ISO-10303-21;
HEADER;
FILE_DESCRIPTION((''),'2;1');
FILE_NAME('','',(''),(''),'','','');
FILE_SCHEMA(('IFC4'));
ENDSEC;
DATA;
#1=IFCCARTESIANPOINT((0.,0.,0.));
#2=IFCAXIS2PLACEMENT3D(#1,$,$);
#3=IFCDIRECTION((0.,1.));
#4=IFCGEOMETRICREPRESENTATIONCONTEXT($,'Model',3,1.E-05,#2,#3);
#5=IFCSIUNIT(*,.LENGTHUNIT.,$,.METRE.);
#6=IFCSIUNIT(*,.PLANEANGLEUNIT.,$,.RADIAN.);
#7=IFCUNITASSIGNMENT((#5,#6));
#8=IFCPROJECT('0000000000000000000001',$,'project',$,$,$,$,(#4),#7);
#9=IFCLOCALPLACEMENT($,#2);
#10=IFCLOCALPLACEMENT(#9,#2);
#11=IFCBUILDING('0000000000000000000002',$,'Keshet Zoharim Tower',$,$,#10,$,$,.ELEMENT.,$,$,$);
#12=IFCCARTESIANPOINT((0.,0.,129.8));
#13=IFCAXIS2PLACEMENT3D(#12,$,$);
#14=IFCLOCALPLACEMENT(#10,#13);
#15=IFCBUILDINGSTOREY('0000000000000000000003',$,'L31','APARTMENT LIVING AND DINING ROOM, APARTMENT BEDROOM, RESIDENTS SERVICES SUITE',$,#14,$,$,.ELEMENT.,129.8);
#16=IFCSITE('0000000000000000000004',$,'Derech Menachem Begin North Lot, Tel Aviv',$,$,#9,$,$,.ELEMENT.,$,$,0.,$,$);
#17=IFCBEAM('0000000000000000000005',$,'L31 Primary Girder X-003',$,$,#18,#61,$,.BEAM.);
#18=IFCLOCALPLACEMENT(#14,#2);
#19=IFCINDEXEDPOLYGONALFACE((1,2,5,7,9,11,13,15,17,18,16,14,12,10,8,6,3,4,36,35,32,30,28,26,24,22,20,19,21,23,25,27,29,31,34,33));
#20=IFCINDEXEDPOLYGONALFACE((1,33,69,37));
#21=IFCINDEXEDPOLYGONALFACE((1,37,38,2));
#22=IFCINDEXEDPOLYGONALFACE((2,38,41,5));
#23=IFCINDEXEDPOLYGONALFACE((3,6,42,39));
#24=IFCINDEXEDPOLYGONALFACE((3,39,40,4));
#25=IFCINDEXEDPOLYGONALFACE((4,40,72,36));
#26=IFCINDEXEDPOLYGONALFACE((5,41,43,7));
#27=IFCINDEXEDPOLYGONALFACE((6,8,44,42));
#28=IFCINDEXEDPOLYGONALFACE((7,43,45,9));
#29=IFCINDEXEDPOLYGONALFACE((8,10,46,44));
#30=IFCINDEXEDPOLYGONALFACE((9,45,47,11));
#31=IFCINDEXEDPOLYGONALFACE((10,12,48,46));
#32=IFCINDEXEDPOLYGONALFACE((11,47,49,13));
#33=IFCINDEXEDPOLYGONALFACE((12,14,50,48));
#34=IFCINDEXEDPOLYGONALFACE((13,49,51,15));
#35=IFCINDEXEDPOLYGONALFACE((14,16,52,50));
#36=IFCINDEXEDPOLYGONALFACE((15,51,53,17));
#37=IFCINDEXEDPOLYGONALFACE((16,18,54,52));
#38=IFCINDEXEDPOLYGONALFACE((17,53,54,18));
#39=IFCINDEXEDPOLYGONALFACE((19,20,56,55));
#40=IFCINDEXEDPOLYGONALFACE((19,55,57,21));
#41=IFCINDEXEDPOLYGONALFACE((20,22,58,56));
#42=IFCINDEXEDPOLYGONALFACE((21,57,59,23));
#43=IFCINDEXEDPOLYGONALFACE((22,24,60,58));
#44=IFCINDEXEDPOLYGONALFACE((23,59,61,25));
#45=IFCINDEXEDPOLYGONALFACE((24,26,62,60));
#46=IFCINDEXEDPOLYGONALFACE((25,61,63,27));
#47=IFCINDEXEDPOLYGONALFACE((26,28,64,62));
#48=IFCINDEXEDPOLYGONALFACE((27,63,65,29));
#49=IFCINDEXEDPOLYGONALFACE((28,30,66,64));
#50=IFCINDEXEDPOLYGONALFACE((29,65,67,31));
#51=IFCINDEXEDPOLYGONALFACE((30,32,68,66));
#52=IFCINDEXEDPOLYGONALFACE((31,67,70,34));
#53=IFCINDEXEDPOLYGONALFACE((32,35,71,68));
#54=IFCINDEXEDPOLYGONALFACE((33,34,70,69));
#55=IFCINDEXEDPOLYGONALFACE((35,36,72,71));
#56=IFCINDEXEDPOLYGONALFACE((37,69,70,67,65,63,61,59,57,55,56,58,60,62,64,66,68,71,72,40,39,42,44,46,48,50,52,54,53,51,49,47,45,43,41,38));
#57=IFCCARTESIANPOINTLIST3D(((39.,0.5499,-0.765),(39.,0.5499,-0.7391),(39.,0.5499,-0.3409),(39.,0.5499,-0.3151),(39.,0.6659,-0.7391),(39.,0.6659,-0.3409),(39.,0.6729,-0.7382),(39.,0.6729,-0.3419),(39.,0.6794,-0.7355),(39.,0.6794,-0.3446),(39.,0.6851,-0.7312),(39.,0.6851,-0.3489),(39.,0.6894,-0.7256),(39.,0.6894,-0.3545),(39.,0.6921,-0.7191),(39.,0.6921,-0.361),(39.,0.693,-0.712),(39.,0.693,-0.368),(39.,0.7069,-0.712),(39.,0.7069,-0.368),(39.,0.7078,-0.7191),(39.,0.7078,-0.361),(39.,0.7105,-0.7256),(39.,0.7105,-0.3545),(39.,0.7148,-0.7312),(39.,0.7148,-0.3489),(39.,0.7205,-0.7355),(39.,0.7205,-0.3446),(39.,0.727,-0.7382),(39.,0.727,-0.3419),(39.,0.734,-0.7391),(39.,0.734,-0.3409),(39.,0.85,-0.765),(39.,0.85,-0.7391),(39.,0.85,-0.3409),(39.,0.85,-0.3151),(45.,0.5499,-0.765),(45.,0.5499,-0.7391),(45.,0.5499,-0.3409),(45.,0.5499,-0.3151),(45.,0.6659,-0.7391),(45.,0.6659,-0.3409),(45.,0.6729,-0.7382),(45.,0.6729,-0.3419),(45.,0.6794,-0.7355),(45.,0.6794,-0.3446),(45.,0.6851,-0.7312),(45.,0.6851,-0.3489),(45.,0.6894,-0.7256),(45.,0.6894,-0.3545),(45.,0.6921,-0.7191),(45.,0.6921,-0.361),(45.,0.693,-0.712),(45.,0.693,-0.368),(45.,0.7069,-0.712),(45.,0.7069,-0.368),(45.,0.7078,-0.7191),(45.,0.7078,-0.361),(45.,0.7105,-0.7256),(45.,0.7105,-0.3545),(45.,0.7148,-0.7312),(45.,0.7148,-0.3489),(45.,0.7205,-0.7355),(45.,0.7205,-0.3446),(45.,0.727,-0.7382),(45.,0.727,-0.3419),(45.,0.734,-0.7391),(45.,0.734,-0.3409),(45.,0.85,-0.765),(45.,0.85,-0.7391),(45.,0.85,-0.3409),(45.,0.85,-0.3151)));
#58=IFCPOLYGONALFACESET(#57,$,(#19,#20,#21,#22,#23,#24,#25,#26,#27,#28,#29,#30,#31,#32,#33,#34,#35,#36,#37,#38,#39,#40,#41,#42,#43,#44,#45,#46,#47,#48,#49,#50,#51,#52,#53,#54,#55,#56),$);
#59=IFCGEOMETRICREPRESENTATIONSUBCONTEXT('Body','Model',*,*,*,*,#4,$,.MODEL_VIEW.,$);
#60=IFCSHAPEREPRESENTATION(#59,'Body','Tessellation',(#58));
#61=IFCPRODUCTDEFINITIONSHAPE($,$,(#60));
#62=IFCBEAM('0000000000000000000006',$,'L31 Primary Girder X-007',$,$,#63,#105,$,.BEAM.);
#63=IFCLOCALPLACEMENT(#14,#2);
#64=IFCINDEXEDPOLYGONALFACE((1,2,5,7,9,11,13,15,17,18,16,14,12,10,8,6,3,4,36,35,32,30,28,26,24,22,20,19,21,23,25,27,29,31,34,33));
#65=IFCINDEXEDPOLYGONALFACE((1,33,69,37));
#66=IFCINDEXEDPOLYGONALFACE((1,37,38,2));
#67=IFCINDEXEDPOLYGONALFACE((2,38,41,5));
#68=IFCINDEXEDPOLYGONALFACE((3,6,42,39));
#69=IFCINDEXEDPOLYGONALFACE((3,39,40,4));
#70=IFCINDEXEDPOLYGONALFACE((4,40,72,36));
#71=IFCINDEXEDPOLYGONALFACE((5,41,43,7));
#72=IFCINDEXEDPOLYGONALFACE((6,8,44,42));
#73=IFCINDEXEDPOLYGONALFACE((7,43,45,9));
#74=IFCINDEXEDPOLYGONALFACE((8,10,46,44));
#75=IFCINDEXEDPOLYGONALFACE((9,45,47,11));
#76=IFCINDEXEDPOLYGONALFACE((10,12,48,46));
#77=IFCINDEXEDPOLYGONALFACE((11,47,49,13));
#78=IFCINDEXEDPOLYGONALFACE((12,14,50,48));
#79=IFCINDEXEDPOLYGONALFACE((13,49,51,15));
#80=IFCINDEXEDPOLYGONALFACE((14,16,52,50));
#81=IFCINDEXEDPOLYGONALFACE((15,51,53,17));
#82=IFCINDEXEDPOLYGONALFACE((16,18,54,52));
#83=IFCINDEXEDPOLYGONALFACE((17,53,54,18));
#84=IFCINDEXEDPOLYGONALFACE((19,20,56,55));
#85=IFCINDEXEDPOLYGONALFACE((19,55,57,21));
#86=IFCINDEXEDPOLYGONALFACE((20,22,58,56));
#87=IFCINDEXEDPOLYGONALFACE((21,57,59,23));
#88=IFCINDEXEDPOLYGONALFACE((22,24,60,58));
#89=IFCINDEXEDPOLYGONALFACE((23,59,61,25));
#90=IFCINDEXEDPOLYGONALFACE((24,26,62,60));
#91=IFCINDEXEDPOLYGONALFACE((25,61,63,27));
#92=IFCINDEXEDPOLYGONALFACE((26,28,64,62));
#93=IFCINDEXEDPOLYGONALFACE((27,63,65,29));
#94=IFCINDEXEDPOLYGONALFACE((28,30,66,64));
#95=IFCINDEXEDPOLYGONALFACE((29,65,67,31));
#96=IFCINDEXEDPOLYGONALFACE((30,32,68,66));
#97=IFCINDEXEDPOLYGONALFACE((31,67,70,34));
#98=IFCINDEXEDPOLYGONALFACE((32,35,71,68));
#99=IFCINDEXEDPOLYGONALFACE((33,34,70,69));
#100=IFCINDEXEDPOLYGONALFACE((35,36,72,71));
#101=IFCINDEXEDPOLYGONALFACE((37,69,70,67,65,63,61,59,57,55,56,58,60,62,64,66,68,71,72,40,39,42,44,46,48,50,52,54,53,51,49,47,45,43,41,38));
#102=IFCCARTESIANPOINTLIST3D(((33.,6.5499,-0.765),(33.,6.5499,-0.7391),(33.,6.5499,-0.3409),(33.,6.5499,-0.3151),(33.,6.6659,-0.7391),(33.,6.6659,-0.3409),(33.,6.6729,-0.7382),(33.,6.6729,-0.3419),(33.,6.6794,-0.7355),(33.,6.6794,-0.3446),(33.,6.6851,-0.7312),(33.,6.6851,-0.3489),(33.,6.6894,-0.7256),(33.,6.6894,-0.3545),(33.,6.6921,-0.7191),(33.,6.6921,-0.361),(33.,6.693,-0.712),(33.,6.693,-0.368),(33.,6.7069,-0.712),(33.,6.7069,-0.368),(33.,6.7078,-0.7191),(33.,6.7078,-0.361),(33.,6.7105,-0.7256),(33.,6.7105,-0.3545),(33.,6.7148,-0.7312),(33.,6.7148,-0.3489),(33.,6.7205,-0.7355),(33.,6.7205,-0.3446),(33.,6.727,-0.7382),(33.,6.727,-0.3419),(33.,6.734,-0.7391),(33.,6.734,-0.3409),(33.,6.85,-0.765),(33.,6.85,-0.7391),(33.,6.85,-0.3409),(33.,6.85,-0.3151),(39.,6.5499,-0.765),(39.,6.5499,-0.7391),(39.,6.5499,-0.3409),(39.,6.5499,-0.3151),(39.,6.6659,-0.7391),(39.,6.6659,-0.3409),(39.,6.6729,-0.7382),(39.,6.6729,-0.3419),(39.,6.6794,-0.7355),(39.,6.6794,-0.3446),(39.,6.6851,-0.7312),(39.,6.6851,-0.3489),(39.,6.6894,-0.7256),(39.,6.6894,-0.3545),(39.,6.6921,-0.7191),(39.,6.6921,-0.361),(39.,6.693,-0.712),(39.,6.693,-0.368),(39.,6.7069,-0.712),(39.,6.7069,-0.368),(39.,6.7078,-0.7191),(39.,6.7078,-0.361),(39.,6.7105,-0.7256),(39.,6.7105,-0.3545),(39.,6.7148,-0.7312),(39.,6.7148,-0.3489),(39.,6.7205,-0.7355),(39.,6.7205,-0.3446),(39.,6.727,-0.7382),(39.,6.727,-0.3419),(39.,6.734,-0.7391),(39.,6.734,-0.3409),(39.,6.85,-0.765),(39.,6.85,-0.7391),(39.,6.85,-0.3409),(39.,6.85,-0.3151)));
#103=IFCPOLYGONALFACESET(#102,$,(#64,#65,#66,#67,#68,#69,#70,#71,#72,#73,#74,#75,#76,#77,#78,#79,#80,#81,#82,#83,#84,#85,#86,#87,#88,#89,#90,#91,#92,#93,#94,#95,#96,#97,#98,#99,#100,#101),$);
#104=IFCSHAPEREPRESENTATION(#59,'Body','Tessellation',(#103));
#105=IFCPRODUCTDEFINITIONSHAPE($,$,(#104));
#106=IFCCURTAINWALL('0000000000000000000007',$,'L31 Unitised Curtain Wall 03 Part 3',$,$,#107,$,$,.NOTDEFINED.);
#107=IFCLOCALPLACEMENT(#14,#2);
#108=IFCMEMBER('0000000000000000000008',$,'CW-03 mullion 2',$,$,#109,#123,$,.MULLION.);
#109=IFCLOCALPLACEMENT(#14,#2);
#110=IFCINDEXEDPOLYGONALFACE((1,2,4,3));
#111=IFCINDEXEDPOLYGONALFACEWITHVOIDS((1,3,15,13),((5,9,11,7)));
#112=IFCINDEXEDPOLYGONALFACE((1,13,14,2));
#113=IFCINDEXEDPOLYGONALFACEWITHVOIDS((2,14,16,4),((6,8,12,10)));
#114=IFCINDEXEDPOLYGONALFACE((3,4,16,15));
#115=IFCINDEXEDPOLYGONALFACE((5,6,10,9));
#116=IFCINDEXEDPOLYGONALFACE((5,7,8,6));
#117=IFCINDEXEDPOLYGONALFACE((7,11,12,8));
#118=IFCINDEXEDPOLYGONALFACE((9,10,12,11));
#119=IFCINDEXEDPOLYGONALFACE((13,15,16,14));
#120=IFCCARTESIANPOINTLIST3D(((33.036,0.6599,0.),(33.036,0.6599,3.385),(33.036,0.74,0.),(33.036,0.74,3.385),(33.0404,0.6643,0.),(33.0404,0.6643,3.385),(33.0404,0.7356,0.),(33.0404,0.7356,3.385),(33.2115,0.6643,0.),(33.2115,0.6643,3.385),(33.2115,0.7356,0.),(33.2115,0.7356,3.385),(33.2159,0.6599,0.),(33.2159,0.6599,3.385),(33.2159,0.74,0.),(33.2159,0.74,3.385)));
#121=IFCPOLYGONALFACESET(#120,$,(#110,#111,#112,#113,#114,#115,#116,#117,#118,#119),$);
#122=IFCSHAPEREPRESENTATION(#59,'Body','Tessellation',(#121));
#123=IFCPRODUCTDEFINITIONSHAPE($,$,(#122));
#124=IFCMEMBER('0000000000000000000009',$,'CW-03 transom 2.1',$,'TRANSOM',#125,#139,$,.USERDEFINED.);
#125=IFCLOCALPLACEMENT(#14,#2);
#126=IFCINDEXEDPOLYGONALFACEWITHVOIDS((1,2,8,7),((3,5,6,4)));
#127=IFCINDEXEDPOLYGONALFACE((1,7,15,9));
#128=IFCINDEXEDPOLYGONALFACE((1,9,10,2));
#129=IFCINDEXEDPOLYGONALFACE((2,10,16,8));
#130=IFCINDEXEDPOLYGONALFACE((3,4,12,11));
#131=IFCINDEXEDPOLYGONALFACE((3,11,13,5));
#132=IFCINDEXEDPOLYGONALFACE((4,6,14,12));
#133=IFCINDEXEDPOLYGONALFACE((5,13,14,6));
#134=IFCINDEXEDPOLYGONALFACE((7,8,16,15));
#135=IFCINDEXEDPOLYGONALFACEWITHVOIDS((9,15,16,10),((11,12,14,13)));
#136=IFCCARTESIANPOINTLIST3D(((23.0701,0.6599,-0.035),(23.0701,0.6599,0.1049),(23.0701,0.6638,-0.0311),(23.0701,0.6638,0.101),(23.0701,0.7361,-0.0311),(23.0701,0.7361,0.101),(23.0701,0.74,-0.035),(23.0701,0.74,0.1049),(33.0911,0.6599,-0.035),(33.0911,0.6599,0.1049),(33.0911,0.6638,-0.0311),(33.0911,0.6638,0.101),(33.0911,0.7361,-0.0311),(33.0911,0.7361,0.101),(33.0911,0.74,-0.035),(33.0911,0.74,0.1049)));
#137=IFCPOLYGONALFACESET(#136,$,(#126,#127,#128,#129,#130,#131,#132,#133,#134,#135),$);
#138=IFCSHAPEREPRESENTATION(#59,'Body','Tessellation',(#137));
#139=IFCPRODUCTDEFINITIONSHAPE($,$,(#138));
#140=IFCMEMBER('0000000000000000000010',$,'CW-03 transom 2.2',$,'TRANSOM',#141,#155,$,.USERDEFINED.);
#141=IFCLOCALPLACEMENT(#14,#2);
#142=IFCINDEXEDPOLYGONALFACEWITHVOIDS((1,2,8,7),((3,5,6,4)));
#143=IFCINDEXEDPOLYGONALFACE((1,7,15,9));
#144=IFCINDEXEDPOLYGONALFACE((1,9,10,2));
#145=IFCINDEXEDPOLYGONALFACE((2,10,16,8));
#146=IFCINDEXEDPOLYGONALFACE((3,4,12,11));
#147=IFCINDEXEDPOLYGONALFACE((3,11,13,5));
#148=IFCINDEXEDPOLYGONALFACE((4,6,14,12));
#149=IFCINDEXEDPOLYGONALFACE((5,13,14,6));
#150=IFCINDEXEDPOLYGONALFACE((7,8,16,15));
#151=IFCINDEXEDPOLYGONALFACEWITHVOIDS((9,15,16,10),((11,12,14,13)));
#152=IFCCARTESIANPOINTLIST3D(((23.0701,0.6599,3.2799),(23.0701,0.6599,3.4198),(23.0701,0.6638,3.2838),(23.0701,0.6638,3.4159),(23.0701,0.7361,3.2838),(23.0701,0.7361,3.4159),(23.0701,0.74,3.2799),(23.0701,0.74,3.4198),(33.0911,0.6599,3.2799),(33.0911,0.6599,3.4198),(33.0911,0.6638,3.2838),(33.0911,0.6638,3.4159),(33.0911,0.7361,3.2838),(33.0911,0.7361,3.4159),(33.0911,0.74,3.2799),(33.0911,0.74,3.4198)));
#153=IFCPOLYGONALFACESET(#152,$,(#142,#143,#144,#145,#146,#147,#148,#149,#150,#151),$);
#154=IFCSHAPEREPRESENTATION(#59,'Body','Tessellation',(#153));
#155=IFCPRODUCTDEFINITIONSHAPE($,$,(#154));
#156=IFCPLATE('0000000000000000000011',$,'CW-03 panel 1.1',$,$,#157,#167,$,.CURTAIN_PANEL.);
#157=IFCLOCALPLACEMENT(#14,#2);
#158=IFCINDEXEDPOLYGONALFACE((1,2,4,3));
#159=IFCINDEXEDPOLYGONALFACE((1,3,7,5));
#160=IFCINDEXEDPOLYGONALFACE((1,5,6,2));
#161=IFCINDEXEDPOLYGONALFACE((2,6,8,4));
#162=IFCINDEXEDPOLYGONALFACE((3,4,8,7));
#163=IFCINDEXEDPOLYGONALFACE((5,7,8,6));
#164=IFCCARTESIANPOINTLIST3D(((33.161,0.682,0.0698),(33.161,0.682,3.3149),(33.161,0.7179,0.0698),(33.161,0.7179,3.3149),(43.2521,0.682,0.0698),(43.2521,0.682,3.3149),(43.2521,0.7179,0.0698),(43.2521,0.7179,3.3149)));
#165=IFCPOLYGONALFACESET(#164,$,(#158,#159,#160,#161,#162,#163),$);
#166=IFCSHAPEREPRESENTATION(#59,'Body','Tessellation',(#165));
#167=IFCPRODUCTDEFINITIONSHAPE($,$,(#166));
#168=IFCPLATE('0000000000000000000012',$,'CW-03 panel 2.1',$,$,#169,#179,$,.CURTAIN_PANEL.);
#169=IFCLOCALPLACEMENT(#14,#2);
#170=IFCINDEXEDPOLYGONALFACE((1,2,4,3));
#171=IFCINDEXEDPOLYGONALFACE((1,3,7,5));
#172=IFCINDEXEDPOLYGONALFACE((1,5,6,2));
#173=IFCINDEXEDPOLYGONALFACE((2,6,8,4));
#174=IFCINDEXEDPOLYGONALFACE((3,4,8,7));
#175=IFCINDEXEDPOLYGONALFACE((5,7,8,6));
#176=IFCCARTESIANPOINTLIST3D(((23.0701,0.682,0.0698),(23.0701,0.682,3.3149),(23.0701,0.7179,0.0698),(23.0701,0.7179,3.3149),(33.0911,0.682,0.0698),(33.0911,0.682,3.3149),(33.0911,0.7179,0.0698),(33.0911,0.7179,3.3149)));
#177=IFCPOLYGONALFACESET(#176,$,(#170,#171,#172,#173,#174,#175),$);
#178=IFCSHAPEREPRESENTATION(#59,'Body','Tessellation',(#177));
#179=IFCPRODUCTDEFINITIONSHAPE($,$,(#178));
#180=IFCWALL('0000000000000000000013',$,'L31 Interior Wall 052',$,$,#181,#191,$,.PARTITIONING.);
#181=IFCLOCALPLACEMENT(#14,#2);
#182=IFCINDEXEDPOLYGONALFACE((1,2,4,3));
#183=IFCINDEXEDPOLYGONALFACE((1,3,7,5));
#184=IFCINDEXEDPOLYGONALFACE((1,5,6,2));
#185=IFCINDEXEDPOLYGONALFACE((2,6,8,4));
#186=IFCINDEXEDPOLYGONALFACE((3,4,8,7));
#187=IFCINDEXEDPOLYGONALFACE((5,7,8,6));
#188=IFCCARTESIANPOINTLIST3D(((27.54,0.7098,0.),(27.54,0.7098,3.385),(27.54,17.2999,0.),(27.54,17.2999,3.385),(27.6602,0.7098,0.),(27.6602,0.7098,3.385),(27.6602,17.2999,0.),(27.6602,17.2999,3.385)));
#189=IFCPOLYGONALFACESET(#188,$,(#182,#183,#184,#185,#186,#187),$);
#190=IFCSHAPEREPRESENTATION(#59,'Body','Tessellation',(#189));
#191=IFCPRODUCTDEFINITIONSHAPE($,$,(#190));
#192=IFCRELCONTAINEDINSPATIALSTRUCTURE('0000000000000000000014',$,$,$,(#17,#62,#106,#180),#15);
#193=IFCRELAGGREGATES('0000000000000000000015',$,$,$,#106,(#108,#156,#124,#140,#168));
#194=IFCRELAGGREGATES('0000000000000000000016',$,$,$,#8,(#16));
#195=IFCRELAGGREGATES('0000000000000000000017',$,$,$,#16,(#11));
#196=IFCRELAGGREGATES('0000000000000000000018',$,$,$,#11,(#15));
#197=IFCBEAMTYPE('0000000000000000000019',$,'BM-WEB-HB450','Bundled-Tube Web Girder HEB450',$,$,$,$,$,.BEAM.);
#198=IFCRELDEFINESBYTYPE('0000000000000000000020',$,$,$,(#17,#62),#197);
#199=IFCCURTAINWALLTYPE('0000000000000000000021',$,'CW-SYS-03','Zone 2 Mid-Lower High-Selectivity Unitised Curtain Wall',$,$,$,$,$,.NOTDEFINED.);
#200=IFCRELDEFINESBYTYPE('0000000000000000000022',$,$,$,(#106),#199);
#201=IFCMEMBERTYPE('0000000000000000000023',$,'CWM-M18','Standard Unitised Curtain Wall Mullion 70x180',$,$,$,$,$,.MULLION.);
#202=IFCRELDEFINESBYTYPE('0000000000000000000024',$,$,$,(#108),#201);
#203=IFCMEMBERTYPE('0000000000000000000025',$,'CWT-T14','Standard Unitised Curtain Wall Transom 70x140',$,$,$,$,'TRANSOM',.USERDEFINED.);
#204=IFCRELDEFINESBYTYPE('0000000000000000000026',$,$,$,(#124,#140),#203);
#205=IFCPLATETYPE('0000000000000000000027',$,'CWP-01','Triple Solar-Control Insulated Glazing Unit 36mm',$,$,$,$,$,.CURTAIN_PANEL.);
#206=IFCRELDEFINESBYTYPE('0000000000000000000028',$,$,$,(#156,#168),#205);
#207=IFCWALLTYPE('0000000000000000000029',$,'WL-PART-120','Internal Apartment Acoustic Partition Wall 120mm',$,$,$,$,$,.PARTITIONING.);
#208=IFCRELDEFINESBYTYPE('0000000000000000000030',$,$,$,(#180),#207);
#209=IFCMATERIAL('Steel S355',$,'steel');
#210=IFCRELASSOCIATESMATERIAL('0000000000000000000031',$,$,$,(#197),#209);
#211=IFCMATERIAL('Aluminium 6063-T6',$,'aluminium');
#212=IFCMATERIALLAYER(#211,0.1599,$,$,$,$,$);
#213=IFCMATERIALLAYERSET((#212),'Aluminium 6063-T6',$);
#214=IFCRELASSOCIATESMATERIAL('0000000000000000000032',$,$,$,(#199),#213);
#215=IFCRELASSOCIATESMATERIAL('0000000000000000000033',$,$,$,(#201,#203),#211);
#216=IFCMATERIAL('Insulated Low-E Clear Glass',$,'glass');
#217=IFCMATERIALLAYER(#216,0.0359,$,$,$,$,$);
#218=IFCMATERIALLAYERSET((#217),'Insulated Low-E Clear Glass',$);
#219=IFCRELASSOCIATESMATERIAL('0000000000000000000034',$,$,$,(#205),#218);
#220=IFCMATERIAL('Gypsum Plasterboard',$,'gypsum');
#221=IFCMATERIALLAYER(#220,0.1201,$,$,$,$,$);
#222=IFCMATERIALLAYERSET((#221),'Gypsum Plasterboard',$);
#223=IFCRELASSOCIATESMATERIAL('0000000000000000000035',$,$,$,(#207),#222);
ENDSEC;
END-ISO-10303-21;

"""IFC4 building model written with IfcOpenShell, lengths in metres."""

from ifc_helpers import new_model, si_unit, direction, frame, frame_2d, origin, origin_2d, place, context, subcontext, project, spatial, rectangle, hollow_rectangle, i_section, extrude, material, layer, layer_set, material_profile, profile_set, type_object, element, aggregate, save


model = new_model("IFC4")

# Units and contexts
model_context = context("Model", 3, precision=1e-05, world=origin(), true_north=direction((0.0, 1.0)))
body_context = subcontext(model_context, "Body", "Model", "MODEL_VIEW")
ifc_project = project(units=[si_unit("LENGTHUNIT", "METRE"), si_unit("PLANEANGLEUNIT", "RADIAN")], contexts=[model_context])

# Site, building, storey
site_placement = place(None, origin())
site = spatial("IfcSite", under=ifc_project, at=site_placement, Name="Derech Menachem Begin North Lot, Tel Aviv", CompositionType="ELEMENT", RefElevation=0.0)
building_placement = place(site_placement, origin())
building = spatial("IfcBuilding", under=site, at=building_placement, Name="Keshet Zoharim Tower", CompositionType="ELEMENT")
storey_placement = place(building_placement, frame((0.0, 0.0, 129.8)))
storey = spatial("IfcBuildingStorey", under=building, at=storey_placement, Name="L31", Description="APARTMENT LIVING AND DINING ROOM, APARTMENT BEDROOM, RESIDENTS SERVICES SUITE", CompositionType="ELEMENT", Elevation=129.8)

# Shared definitions
ifc_material_1 = material(Name="Steel S355", Category="steel")

# Beams
ifc_material_profile_1 = material_profile(ifc_material_1, i_section(OverallWidth=0.3, OverallDepth=0.45, WebThickness=0.0139, FlangeThickness=0.0259, FilletRadius=0.0271, at=origin_2d()), Name="HEB450")
ifc_profile_set_1 = profile_set([ifc_material_profile_1], Name="Steel S355")
beam_type_1 = type_object("IfcBeamType", Name="BM-WEB-HB450", Description="Bundled-Tube Web Girder HEB450", PredefinedType="BEAM", material=ifc_profile_set_1)
for number, where, z_axis, x_axis, name in (
    (1, (39.0, 0.7, -0.54), (1.0, 0.0, 0.0), (0.0, 1.0, 0.0), "L31 Primary Girder X-003"),
    (2, (33.0, 6.7, -0.54), (1.0, 0.0, 0.0), (0.0, 1.0, 0.0), "L31 Primary Girder X-007"),
):
    element("IfcBeam", number, at=place(storey_placement, frame(where, z_axis=z_axis, x_axis=x_axis)), inside=storey, type_object=beam_type_1, Name=name, PredefinedType="BEAM", context=body_context, shape_type="SweptSolid", body=[
        extrude(i_section(OverallWidth=0.3, OverallDepth=0.45, WebThickness=0.0139, FlangeThickness=0.0259, FilletRadius=0.0271, at=origin_2d()), origin(), (0.0, 0.0, 1.0), 6.0),
    ])

# Curtain wall, members, plates
ifc_material_2 = material(Name="Aluminium 6063-T6", Category="aluminium")
ifc_layer_1 = layer(ifc_material_2, 0.1599)
ifc_layer_set_1 = layer_set([ifc_layer_1], Name="Aluminium 6063-T6")
curtain_wall_type = type_object("IfcCurtainWallType", Name="CW-SYS-03", Description="Zone 2 Mid-Lower High-Selectivity Unitised Curtain Wall", PredefinedType="NOTDEFINED", material=ifc_layer_set_1)
curtain_wall_placement = place(storey_placement, origin())
curtain_wall = element("IfcCurtainWall", 3, at=curtain_wall_placement, inside=storey, type_object=curtain_wall_type, Name="L31 Unitised Curtain Wall 03 Part 3", PredefinedType="NOTDEFINED")
ifc_material_profile_2 = material_profile(ifc_material_2, hollow_rectangle(XDim=0.0801, YDim=0.1799, WallThickness=0.0044, at=origin_2d()), Name="MUL-80x180")
ifc_profile_set_2 = profile_set([ifc_material_profile_2], Name="Aluminium 6063-T6")
member_type_1 = type_object("IfcMemberType", Name="CWM-M18", Description="Standard Unitised Curtain Wall Mullion 70x180", PredefinedType="MULLION", material=ifc_profile_set_2)
member_1_placement = place(storey_placement, frame((33.126, 0.7, 0.0), z_axis=(0.0, 0.0, 1.0), x_axis=(0.0, -1.0, 0.0)))
member_1 = element("IfcMember", 4, at=member_1_placement, type_object=member_type_1, Name="CW-03 mullion 2", PredefinedType="MULLION", context=body_context, shape_type="SweptSolid", body=[
    extrude(hollow_rectangle(XDim=0.0801, YDim=0.1799, WallThickness=0.0044, at=origin_2d()), origin(), (0.0, 0.0, 1.0), 3.385),
])
ifc_material_profile_3 = material_profile(ifc_material_2, hollow_rectangle(XDim=0.0801, YDim=0.1399, WallThickness=0.0039, at=origin_2d()), Name="TRN-80x140")
ifc_profile_set_3 = profile_set([ifc_material_profile_3], Name="Aluminium 6063-T6")
member_type_2 = type_object("IfcMemberType", Name="CWT-T14", Description="Standard Unitised Curtain Wall Transom 70x140", ElementType="TRANSOM", PredefinedType="USERDEFINED", material=ifc_profile_set_3)
member_2_placement = place(storey_placement, frame((33.0911, 0.7, 0.0349), z_axis=(-1.0, 0.0, 0.0), x_axis=(0.0, -1.0, 0.0)))
member_2 = element("IfcMember", 5, at=member_2_placement, type_object=member_type_2, Name="CW-03 transom 2.1", ObjectType="TRANSOM", PredefinedType="USERDEFINED", context=body_context, shape_type="SweptSolid", body=[
    extrude(hollow_rectangle(XDim=0.0801, YDim=0.1399, WallThickness=0.0039, at=origin_2d()), origin(), (0.0, 0.0, 1.0), 10.021),
])
member_3_placement = place(storey_placement, frame((33.0911, 0.7, 3.3499), z_axis=(-1.0, 0.0, 0.0), x_axis=(0.0, -1.0, 0.0)))
member_3 = element("IfcMember", 6, at=member_3_placement, type_object=member_type_2, Name="CW-03 transom 2.2", ObjectType="TRANSOM", PredefinedType="USERDEFINED", context=body_context, shape_type="SweptSolid", body=[
    extrude(hollow_rectangle(XDim=0.0801, YDim=0.1399, WallThickness=0.0039, at=origin_2d()), origin(), (0.0, 0.0, 1.0), 10.021),
])
ifc_material_3 = material(Name="Insulated Low-E Clear Glass", Category="glass")
ifc_layer_2 = layer(ifc_material_3, 0.0359)
ifc_layer_set_2 = layer_set([ifc_layer_2], Name="Insulated Low-E Clear Glass")
plate_type = type_object("IfcPlateType", Name="CWP-01", Description="Triple Solar-Control Insulated Glazing Unit 36mm", PredefinedType="CURTAIN_PANEL", material=ifc_layer_set_2)
plate_1_placement = place(storey_placement, frame((38.2065, 0.7, 0.0698), z_axis=(0.0, 0.0, 1.0), x_axis=(-1.0, 0.0, 0.0)))
plate_1 = element("IfcPlate", 7, at=plate_1_placement, type_object=plate_type, Name="CW-03 panel 1.1", PredefinedType="CURTAIN_PANEL", context=body_context, shape_type="SweptSolid", body=[
    extrude(rectangle(XDim=10.0911, YDim=0.0359, at=origin_2d()), origin(), (0.0, 0.0, 1.0), 3.2451),
])
plate_2_placement = place(storey_placement, frame((28.0806, 0.7, 0.0698), z_axis=(0.0, 0.0, 1.0), x_axis=(-1.0, 0.0, 0.0)))
plate_2 = element("IfcPlate", 8, at=plate_2_placement, type_object=plate_type, Name="CW-03 panel 2.1", PredefinedType="CURTAIN_PANEL", context=body_context, shape_type="SweptSolid", body=[
    extrude(rectangle(XDim=10.021, YDim=0.0359, at=origin_2d()), origin(), (0.0, 0.0, 1.0), 3.2451),
])
aggregate(curtain_wall, [member_1, plate_1, member_2, member_3, plate_2])

# Wall
ifc_material_4 = material(Name="Gypsum Plasterboard", Category="gypsum")
ifc_layer_3 = layer(ifc_material_4, 0.1201)
ifc_layer_set_3 = layer_set([ifc_layer_3], Name="Gypsum Plasterboard")
wall_type = type_object("IfcWallType", Name="WL-PART-120", Description="Internal Apartment Acoustic Partition Wall 120mm", PredefinedType="PARTITIONING", material=ifc_layer_set_3)
wall_1_placement = place(storey_placement, frame((27.6001, 0.71, 0.0), z_axis=(0.0, 0.0, 1.0), x_axis=(0.0, 1.0, 0.0)))
element("IfcWall", 9, at=wall_1_placement, inside=storey, type_object=wall_type, Name="L31 Interior Wall 052", PredefinedType="PARTITIONING", context=body_context, shape_type="SweptSolid", body=[
    extrude(rectangle(XDim=16.5901, YDim=0.1201, at=frame_2d((8.2949, 0.0))), origin(), (0.0, 0.0, 1.0), 3.385),
])

save(model, "model.ifc")
